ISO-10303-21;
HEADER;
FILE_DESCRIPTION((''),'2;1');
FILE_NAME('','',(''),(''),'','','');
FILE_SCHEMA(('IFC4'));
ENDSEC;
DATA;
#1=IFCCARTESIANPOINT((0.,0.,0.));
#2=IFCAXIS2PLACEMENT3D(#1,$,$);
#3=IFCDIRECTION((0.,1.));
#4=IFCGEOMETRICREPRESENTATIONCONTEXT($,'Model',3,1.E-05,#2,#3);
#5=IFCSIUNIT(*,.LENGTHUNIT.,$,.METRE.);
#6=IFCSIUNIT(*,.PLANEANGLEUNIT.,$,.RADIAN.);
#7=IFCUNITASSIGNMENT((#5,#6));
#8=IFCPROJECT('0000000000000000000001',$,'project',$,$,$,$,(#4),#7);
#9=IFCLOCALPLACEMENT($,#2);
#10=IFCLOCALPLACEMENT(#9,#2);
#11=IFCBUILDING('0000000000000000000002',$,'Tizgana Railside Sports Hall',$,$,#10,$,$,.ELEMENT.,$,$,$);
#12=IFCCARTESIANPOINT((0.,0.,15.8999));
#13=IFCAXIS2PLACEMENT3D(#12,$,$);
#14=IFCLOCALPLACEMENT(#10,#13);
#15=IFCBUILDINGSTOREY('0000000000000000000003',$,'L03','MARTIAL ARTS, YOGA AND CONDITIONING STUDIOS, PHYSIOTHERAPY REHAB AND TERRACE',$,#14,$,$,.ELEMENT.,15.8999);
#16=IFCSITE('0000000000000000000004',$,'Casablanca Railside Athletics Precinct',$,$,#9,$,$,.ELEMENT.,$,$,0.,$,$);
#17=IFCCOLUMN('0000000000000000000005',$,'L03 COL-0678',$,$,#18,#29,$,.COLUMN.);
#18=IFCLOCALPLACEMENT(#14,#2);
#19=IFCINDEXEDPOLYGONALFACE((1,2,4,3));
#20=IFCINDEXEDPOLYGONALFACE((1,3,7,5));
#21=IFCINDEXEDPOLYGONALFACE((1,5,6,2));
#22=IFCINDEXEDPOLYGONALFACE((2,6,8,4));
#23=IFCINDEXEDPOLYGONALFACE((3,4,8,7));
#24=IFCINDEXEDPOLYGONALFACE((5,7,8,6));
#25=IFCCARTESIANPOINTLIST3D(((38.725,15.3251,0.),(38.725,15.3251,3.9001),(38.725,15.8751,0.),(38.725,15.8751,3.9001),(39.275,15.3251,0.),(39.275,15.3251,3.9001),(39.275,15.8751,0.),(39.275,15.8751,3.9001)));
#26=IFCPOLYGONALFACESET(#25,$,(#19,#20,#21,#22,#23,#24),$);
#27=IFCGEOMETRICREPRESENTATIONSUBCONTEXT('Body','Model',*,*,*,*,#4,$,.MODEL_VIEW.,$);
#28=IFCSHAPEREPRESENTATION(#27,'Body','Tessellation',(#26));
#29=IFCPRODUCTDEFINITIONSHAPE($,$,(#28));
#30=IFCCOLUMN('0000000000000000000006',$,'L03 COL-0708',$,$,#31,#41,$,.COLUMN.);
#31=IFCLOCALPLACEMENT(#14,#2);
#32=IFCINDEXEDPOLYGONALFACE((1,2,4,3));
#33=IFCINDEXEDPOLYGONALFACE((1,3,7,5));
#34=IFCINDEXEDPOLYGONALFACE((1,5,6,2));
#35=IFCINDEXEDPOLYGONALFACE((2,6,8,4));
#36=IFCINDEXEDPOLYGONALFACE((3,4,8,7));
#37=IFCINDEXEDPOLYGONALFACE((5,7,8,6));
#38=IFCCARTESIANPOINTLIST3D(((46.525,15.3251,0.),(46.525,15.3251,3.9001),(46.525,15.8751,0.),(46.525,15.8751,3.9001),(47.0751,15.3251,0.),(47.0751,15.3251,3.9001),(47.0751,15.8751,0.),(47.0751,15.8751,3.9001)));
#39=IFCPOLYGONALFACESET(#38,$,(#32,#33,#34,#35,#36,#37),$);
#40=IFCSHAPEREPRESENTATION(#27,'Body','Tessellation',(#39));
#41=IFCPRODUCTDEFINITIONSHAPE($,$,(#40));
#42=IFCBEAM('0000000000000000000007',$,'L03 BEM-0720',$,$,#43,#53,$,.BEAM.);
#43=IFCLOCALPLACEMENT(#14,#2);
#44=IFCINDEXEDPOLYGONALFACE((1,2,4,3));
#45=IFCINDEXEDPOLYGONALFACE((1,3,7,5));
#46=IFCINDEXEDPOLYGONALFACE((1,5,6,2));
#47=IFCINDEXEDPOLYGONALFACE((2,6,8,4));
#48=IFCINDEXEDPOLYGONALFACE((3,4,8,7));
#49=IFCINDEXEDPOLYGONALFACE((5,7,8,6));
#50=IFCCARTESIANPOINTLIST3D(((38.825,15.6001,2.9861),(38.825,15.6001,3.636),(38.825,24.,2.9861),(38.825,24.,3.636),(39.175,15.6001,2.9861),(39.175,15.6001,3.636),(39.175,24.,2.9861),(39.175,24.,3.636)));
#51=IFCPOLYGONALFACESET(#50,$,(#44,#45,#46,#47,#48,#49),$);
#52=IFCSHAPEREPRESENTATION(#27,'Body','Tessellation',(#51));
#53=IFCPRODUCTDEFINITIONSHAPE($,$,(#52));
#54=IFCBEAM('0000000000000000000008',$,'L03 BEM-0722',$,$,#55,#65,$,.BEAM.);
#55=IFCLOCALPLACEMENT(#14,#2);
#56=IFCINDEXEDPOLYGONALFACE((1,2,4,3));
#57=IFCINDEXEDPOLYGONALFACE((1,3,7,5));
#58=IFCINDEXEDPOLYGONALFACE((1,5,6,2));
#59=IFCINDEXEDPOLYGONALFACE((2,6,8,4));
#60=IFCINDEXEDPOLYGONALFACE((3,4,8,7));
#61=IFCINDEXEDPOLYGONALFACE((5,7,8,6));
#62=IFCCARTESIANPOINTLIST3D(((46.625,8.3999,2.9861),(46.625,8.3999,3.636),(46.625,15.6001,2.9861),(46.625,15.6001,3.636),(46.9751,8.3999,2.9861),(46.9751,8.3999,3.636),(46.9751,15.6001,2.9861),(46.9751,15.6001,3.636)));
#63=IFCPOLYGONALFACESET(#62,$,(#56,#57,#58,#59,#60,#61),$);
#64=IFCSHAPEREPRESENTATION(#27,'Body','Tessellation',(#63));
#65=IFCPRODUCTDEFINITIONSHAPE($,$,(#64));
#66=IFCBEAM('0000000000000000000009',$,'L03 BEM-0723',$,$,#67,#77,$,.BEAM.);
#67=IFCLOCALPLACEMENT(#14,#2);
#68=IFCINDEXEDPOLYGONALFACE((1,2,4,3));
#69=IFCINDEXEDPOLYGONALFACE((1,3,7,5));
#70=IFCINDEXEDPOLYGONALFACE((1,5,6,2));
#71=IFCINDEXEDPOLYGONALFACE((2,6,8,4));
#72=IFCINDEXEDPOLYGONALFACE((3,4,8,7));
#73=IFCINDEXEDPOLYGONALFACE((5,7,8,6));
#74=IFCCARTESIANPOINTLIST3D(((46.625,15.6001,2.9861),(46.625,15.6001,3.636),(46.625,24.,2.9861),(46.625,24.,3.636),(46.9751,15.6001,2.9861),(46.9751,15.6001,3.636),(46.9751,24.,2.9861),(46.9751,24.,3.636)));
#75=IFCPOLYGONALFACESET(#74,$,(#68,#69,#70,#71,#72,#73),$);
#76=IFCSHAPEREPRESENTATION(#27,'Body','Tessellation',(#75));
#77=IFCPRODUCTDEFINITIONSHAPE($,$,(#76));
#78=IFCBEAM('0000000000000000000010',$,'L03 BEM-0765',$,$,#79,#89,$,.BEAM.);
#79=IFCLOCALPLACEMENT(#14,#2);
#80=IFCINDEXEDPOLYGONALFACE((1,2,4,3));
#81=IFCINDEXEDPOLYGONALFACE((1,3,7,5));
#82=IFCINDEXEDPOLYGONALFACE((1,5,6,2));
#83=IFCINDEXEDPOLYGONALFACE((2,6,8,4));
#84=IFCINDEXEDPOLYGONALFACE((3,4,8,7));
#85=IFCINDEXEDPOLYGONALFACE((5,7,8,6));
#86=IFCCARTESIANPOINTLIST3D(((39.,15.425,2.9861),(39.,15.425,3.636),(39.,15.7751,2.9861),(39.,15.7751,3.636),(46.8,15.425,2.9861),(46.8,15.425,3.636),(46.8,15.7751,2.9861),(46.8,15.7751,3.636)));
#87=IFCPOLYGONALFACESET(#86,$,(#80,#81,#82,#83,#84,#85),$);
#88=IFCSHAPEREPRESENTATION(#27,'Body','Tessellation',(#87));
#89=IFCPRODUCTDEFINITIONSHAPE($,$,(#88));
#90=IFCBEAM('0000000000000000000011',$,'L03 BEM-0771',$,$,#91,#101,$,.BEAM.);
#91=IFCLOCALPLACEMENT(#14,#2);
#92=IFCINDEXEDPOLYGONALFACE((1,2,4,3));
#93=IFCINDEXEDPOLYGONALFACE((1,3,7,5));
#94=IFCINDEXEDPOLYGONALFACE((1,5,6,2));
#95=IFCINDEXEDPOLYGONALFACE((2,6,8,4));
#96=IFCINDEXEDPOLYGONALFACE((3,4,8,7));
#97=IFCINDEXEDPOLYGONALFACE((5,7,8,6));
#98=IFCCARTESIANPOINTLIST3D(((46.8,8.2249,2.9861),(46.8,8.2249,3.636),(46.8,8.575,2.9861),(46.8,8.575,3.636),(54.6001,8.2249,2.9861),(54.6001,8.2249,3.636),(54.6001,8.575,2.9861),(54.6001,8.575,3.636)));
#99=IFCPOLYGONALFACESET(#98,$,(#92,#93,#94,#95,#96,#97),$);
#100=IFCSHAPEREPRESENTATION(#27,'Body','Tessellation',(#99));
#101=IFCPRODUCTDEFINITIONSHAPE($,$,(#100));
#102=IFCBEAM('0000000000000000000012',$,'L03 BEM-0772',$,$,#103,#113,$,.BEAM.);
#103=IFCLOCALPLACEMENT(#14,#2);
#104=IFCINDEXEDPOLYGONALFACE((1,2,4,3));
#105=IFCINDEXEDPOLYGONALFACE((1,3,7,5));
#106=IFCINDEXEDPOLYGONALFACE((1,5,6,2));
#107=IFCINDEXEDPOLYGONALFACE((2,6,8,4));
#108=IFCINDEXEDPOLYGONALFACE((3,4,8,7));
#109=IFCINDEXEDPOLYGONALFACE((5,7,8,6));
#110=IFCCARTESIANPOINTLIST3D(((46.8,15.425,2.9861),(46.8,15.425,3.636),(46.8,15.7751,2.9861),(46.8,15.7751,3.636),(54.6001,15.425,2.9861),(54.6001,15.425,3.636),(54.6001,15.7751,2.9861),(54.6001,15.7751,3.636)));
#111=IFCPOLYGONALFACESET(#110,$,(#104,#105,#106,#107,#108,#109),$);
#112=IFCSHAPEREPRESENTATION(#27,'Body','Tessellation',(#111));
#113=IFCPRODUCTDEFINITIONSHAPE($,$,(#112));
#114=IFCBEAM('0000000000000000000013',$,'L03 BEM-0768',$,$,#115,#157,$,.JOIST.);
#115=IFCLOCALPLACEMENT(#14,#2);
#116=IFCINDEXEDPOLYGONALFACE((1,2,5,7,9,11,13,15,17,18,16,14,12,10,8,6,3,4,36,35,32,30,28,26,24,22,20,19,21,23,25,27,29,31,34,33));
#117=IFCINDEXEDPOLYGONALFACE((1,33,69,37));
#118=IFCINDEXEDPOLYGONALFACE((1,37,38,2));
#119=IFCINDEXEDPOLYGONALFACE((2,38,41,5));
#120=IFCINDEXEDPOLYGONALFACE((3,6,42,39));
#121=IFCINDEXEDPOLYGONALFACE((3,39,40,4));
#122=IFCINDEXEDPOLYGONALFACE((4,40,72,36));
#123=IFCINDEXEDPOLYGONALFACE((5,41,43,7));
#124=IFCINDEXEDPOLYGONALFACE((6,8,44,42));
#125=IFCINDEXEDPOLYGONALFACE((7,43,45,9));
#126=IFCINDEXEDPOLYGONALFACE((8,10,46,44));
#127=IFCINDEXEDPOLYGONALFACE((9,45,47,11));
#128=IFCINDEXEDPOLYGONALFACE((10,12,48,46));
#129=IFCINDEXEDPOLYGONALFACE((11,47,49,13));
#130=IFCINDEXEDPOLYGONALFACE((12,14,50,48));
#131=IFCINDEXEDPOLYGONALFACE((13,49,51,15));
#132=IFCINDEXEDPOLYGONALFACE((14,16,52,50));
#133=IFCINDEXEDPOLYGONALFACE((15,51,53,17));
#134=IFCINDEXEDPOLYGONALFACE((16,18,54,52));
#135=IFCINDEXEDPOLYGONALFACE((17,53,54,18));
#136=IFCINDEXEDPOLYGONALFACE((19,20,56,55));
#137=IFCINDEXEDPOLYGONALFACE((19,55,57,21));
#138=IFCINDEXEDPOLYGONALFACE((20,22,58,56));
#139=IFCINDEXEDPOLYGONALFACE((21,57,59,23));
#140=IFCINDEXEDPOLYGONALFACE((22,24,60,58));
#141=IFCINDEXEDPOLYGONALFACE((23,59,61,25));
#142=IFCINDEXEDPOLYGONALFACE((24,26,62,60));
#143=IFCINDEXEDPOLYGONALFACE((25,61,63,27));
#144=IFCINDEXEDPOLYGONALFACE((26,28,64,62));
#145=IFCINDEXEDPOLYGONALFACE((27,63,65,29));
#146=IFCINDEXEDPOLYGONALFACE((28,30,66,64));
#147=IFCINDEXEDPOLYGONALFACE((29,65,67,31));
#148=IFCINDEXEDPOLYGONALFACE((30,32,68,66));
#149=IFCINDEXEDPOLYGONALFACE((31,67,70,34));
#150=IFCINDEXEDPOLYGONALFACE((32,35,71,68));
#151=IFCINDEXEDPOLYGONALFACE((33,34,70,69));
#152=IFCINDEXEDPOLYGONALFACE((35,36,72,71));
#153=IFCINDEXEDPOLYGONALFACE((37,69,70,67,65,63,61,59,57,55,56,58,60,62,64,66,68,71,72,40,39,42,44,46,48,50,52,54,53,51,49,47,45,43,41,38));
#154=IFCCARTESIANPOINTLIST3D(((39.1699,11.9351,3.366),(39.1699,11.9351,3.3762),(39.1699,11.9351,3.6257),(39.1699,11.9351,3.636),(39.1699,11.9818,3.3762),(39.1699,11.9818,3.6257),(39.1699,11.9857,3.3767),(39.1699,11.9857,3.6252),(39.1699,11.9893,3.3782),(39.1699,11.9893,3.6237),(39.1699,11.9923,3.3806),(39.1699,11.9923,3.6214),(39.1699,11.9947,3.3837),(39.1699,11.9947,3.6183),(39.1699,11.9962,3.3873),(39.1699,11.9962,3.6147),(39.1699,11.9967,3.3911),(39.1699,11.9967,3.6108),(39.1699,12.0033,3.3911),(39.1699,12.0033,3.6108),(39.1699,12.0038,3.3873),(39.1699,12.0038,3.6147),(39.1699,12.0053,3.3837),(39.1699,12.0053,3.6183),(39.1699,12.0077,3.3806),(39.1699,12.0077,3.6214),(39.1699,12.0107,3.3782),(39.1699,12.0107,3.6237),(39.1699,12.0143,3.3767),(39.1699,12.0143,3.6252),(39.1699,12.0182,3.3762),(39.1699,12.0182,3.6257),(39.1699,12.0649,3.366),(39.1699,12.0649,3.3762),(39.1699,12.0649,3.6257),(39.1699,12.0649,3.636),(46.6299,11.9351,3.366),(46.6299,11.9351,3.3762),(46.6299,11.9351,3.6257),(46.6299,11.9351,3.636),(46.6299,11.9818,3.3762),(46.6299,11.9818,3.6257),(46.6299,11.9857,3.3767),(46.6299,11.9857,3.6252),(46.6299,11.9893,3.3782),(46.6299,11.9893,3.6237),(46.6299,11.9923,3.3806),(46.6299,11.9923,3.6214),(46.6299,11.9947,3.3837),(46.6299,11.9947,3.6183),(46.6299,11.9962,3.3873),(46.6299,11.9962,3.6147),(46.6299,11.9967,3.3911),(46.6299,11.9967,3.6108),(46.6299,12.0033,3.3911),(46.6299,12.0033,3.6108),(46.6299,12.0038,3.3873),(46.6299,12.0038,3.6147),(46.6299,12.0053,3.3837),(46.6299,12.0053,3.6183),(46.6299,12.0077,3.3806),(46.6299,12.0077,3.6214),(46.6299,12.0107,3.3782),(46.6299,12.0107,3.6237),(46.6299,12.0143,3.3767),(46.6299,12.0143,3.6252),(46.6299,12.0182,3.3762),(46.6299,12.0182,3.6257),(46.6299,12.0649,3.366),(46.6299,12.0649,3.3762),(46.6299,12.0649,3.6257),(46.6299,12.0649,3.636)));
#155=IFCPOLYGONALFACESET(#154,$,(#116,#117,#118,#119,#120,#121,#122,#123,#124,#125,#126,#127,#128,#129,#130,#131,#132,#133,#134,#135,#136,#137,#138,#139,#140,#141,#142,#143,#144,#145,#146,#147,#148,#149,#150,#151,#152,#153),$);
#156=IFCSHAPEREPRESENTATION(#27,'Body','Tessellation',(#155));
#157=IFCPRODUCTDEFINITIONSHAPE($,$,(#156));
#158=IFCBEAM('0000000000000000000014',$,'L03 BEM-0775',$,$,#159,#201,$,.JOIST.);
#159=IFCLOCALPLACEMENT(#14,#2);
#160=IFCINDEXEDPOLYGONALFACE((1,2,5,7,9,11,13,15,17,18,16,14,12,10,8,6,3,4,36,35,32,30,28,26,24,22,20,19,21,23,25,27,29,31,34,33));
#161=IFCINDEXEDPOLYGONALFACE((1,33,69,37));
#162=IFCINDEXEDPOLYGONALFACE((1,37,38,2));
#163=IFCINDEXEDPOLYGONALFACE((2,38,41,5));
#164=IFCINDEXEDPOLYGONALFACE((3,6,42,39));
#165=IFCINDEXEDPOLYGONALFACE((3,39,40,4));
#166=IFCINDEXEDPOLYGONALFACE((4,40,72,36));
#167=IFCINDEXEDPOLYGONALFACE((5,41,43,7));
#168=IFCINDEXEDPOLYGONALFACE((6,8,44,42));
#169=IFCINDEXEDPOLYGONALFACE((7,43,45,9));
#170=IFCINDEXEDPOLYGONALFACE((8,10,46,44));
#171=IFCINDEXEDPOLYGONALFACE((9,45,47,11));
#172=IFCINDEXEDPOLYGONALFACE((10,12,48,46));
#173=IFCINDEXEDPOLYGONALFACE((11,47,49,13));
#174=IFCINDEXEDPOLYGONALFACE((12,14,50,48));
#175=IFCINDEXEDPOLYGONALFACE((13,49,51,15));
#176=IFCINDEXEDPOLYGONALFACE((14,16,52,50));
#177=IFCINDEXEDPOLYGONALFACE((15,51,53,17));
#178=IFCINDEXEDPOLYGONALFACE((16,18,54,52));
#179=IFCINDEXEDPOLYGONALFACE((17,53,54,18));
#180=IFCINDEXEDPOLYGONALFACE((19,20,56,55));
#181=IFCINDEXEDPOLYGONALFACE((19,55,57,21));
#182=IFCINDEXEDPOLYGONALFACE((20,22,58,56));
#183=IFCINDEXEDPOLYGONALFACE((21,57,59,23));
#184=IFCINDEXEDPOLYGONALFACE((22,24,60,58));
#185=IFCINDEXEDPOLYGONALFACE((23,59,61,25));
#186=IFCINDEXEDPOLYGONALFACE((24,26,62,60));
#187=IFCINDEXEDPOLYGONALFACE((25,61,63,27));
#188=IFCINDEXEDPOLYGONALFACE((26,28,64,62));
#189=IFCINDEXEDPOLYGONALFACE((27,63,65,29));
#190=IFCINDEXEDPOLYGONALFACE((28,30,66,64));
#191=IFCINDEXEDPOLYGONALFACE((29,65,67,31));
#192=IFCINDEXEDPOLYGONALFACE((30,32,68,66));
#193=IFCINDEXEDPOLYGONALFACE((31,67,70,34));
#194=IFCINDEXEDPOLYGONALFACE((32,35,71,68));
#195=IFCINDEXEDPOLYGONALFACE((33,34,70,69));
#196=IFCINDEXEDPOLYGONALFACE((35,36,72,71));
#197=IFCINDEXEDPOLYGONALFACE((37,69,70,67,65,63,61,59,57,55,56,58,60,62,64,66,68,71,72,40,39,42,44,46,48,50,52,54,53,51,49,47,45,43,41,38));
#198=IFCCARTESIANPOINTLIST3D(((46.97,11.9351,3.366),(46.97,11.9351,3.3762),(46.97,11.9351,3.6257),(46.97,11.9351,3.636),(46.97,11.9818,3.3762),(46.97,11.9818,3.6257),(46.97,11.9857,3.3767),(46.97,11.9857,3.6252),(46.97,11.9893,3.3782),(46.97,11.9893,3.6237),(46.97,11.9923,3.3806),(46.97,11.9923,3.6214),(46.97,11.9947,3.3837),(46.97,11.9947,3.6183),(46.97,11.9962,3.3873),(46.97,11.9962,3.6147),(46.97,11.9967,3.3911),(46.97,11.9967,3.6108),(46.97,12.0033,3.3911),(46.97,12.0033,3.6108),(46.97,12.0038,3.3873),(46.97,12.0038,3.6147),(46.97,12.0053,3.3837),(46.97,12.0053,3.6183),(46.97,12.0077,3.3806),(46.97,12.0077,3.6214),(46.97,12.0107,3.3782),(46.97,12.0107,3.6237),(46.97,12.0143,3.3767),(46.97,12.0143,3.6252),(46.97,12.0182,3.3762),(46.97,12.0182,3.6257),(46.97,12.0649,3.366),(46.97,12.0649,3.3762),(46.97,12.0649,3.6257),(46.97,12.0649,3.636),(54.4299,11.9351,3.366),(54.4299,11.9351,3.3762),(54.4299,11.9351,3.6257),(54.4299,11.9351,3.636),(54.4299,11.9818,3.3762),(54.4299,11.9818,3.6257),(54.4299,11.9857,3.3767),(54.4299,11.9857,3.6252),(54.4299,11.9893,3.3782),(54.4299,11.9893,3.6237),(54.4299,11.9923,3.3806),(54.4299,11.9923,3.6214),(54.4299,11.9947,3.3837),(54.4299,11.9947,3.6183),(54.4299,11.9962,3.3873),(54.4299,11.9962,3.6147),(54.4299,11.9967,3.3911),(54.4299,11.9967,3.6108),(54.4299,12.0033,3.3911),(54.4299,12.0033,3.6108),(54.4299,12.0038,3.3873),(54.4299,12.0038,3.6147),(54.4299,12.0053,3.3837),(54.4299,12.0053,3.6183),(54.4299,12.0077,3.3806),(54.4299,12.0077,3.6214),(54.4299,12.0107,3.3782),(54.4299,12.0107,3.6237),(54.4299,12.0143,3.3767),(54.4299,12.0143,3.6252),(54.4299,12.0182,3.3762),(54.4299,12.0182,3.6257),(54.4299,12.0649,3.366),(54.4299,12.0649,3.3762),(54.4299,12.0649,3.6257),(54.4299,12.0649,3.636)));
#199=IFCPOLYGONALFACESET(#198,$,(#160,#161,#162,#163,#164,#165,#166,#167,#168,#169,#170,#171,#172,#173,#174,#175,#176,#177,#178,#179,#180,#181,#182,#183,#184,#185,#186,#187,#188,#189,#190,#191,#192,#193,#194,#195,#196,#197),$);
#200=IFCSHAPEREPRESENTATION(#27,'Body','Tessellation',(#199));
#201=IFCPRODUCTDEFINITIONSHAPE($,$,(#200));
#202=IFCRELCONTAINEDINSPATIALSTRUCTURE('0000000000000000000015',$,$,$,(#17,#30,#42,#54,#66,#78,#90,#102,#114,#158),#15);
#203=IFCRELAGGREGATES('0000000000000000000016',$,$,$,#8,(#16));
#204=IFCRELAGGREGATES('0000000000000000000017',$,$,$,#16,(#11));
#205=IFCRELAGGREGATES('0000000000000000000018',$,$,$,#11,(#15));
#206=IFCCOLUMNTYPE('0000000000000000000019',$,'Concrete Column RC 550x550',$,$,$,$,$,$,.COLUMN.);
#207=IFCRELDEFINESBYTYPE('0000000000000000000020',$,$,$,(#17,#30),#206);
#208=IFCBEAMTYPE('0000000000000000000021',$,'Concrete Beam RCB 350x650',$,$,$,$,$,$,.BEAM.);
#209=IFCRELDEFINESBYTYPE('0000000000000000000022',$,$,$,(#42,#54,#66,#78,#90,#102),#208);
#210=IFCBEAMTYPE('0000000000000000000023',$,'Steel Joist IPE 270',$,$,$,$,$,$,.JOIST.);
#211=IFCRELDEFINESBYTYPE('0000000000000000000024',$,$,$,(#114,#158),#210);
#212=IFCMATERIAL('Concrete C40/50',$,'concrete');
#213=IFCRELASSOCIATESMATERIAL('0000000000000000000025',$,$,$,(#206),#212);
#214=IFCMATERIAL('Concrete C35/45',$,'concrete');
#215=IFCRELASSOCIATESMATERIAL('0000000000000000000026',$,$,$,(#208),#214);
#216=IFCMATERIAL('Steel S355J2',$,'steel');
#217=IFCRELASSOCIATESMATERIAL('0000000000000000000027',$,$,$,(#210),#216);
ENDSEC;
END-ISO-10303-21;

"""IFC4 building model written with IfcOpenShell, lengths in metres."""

from ifc_helpers import new_model, si_unit, direction, frame, origin, origin_2d, place, context, subcontext, project, spatial, rectangle, i_section, extrude, material, material_profile, profile_set, type_object, element, save


model = new_model("IFC4")

# Units and contexts
model_context = context("Model", 3, precision=1e-05, world=origin(), true_north=direction((0.0, 1.0)))
body_context = subcontext(model_context, "Body", "Model", "MODEL_VIEW")
ifc_project = project(units=[si_unit("LENGTHUNIT", "METRE"), si_unit("PLANEANGLEUNIT", "RADIAN")], contexts=[model_context])

# Site, building, storey
site_placement = place(None, origin())
site = spatial("IfcSite", under=ifc_project, at=site_placement, Name="Casablanca Railside Athletics Precinct", CompositionType="ELEMENT", RefElevation=0.0)
building_placement = place(site_placement, origin())
building = spatial("IfcBuilding", under=site, at=building_placement, Name="Tizgana Railside Sports Hall", CompositionType="ELEMENT")
storey_placement = place(building_placement, frame((0.0, 0.0, 15.8999)))
storey = spatial("IfcBuildingStorey", under=building, at=storey_placement, Name="L03", Description="MARTIAL ARTS, YOGA AND CONDITIONING STUDIOS, PHYSIOTHERAPY REHAB AND TERRACE", CompositionType="ELEMENT", Elevation=15.8999)

# Columns
ifc_material_1 = material(Name="Concrete C40/50", Category="concrete")
ifc_material_profile_1 = material_profile(ifc_material_1, rectangle(XDim=0.55, YDim=0.55, at=origin_2d()), Name="RC 550x550")
ifc_profile_set_1 = profile_set([ifc_material_profile_1], Name="Concrete C40/50")
column_type = type_object("IfcColumnType", Name="Concrete Column RC 550x550", PredefinedType="COLUMN", material=ifc_profile_set_1)
for number, where, z_axis, x_axis, name in (
    (1, (39.0, 15.6001, 0.0), (0.0, 0.0, 1.0), (1.0, 0.0, 0.0), "L03 COL-0678"),
    (2, (46.8, 15.6001, 0.0), (0.0, 0.0, 1.0), (1.0, 0.0, 0.0), "L03 COL-0708"),
):
    element("IfcColumn", number, at=place(storey_placement, frame(where, z_axis=z_axis, x_axis=x_axis)), inside=storey, type_object=column_type, Name=name, PredefinedType="COLUMN", context=body_context, shape_type="SweptSolid", body=[
        extrude(rectangle(XDim=0.55, YDim=0.55, at=origin_2d()), origin(), (0.0, 0.0, 1.0), 3.9001),
    ])

# Beams
ifc_material_2 = material(Name="Concrete C35/45", Category="concrete")
ifc_material_profile_2 = material_profile(ifc_material_2, rectangle(XDim=0.3501, YDim=0.6499, at=origin_2d()), Name="RCB 350x650")
ifc_profile_set_2 = profile_set([ifc_material_profile_2], Name="Concrete C35/45")
beam_type_1 = type_object("IfcBeamType", Name="Concrete Beam RCB 350x650", PredefinedType="BEAM", material=ifc_profile_set_2)
beam_1_placement = place(storey_placement, frame((39.0, 15.6001, 3.311), z_axis=(0.0, 1.0, 0.0), x_axis=(-1.0, 0.0, 0.0)))
element("IfcBeam", 3, at=beam_1_placement, inside=storey, type_object=beam_type_1, Name="L03 BEM-0720", PredefinedType="BEAM", context=body_context, shape_type="SweptSolid", body=[
    extrude(rectangle(XDim=0.3501, YDim=0.6499, at=origin_2d()), origin(), (0.0, 0.0, 1.0), 8.3999),
])
beam_2_placement = place(storey_placement, frame((46.8, 8.3999, 3.311), z_axis=(0.0, 1.0, 0.0), x_axis=(-1.0, 0.0, 0.0)))
element("IfcBeam", 4, at=beam_2_placement, inside=storey, type_object=beam_type_1, Name="L03 BEM-0722", PredefinedType="BEAM", context=body_context, shape_type="SweptSolid", body=[
    extrude(rectangle(XDim=0.3501, YDim=0.6499, at=origin_2d()), origin(), (0.0, 0.0, 1.0), 7.2002),
])
beam_3_placement = place(storey_placement, frame((46.8, 15.6001, 3.311), z_axis=(0.0, 1.0, 0.0), x_axis=(-1.0, 0.0, 0.0)))
element("IfcBeam", 5, at=beam_3_placement, inside=storey, type_object=beam_type_1, Name="L03 BEM-0723", PredefinedType="BEAM", context=body_context, shape_type="SweptSolid", body=[
    extrude(rectangle(XDim=0.3501, YDim=0.6499, at=origin_2d()), origin(), (0.0, 0.0, 1.0), 8.3999),
])
for number, where, z_axis, x_axis, name in (
    (6, (39.0, 15.6001, 3.311), (1.0, 0.0, 0.0), (0.0, 1.0, 0.0), "L03 BEM-0765"),
    (7, (46.8, 8.3999, 3.311), (1.0, 0.0, 0.0), (0.0, 1.0, 0.0), "L03 BEM-0771"),
    (8, (46.8, 15.6001, 3.311), (1.0, 0.0, 0.0), (0.0, 1.0, 0.0), "L03 BEM-0772"),
):
    element("IfcBeam", number, at=place(storey_placement, frame(where, z_axis=z_axis, x_axis=x_axis)), inside=storey, type_object=beam_type_1, Name=name, PredefinedType="BEAM", context=body_context, shape_type="SweptSolid", body=[
        extrude(rectangle(XDim=0.3501, YDim=0.6499, at=origin_2d()), origin(), (0.0, 0.0, 1.0), 7.8),
    ])
ifc_material_3 = material(Name="Steel S355J2", Category="steel")
ifc_material_profile_3 = material_profile(ifc_material_3, i_section(OverallWidth=0.1299, OverallDepth=0.27, WebThickness=0.0066, FlangeThickness=0.0103, FilletRadius=0.0149, at=origin_2d()), Name="IPE 270")
ifc_profile_set_3 = profile_set([ifc_material_profile_3], Name="Steel S355J2")
beam_type_2 = type_object("IfcBeamType", Name="Steel Joist IPE 270", PredefinedType="JOIST", material=ifc_profile_set_3)
for number, where, z_axis, x_axis, name in (
    (9, (39.1699, 12.0, 3.501), (1.0, 0.0, 0.0), (0.0, 1.0, 0.0), "L03 BEM-0768"),
    (10, (46.97, 12.0, 3.501), (1.0, 0.0, 0.0), (0.0, 1.0, 0.0), "L03 BEM-0775"),
):
    element("IfcBeam", number, at=place(storey_placement, frame(where, z_axis=z_axis, x_axis=x_axis)), inside=storey, type_object=beam_type_2, Name=name, PredefinedType="JOIST", context=body_context, shape_type="SweptSolid", body=[
        extrude(i_section(OverallWidth=0.1299, OverallDepth=0.27, WebThickness=0.0066, FlangeThickness=0.0103, FilletRadius=0.0149, at=origin_2d()), origin(), (0.0, 0.0, 1.0), 7.46),
    ])

save(model, "model.ifc")
